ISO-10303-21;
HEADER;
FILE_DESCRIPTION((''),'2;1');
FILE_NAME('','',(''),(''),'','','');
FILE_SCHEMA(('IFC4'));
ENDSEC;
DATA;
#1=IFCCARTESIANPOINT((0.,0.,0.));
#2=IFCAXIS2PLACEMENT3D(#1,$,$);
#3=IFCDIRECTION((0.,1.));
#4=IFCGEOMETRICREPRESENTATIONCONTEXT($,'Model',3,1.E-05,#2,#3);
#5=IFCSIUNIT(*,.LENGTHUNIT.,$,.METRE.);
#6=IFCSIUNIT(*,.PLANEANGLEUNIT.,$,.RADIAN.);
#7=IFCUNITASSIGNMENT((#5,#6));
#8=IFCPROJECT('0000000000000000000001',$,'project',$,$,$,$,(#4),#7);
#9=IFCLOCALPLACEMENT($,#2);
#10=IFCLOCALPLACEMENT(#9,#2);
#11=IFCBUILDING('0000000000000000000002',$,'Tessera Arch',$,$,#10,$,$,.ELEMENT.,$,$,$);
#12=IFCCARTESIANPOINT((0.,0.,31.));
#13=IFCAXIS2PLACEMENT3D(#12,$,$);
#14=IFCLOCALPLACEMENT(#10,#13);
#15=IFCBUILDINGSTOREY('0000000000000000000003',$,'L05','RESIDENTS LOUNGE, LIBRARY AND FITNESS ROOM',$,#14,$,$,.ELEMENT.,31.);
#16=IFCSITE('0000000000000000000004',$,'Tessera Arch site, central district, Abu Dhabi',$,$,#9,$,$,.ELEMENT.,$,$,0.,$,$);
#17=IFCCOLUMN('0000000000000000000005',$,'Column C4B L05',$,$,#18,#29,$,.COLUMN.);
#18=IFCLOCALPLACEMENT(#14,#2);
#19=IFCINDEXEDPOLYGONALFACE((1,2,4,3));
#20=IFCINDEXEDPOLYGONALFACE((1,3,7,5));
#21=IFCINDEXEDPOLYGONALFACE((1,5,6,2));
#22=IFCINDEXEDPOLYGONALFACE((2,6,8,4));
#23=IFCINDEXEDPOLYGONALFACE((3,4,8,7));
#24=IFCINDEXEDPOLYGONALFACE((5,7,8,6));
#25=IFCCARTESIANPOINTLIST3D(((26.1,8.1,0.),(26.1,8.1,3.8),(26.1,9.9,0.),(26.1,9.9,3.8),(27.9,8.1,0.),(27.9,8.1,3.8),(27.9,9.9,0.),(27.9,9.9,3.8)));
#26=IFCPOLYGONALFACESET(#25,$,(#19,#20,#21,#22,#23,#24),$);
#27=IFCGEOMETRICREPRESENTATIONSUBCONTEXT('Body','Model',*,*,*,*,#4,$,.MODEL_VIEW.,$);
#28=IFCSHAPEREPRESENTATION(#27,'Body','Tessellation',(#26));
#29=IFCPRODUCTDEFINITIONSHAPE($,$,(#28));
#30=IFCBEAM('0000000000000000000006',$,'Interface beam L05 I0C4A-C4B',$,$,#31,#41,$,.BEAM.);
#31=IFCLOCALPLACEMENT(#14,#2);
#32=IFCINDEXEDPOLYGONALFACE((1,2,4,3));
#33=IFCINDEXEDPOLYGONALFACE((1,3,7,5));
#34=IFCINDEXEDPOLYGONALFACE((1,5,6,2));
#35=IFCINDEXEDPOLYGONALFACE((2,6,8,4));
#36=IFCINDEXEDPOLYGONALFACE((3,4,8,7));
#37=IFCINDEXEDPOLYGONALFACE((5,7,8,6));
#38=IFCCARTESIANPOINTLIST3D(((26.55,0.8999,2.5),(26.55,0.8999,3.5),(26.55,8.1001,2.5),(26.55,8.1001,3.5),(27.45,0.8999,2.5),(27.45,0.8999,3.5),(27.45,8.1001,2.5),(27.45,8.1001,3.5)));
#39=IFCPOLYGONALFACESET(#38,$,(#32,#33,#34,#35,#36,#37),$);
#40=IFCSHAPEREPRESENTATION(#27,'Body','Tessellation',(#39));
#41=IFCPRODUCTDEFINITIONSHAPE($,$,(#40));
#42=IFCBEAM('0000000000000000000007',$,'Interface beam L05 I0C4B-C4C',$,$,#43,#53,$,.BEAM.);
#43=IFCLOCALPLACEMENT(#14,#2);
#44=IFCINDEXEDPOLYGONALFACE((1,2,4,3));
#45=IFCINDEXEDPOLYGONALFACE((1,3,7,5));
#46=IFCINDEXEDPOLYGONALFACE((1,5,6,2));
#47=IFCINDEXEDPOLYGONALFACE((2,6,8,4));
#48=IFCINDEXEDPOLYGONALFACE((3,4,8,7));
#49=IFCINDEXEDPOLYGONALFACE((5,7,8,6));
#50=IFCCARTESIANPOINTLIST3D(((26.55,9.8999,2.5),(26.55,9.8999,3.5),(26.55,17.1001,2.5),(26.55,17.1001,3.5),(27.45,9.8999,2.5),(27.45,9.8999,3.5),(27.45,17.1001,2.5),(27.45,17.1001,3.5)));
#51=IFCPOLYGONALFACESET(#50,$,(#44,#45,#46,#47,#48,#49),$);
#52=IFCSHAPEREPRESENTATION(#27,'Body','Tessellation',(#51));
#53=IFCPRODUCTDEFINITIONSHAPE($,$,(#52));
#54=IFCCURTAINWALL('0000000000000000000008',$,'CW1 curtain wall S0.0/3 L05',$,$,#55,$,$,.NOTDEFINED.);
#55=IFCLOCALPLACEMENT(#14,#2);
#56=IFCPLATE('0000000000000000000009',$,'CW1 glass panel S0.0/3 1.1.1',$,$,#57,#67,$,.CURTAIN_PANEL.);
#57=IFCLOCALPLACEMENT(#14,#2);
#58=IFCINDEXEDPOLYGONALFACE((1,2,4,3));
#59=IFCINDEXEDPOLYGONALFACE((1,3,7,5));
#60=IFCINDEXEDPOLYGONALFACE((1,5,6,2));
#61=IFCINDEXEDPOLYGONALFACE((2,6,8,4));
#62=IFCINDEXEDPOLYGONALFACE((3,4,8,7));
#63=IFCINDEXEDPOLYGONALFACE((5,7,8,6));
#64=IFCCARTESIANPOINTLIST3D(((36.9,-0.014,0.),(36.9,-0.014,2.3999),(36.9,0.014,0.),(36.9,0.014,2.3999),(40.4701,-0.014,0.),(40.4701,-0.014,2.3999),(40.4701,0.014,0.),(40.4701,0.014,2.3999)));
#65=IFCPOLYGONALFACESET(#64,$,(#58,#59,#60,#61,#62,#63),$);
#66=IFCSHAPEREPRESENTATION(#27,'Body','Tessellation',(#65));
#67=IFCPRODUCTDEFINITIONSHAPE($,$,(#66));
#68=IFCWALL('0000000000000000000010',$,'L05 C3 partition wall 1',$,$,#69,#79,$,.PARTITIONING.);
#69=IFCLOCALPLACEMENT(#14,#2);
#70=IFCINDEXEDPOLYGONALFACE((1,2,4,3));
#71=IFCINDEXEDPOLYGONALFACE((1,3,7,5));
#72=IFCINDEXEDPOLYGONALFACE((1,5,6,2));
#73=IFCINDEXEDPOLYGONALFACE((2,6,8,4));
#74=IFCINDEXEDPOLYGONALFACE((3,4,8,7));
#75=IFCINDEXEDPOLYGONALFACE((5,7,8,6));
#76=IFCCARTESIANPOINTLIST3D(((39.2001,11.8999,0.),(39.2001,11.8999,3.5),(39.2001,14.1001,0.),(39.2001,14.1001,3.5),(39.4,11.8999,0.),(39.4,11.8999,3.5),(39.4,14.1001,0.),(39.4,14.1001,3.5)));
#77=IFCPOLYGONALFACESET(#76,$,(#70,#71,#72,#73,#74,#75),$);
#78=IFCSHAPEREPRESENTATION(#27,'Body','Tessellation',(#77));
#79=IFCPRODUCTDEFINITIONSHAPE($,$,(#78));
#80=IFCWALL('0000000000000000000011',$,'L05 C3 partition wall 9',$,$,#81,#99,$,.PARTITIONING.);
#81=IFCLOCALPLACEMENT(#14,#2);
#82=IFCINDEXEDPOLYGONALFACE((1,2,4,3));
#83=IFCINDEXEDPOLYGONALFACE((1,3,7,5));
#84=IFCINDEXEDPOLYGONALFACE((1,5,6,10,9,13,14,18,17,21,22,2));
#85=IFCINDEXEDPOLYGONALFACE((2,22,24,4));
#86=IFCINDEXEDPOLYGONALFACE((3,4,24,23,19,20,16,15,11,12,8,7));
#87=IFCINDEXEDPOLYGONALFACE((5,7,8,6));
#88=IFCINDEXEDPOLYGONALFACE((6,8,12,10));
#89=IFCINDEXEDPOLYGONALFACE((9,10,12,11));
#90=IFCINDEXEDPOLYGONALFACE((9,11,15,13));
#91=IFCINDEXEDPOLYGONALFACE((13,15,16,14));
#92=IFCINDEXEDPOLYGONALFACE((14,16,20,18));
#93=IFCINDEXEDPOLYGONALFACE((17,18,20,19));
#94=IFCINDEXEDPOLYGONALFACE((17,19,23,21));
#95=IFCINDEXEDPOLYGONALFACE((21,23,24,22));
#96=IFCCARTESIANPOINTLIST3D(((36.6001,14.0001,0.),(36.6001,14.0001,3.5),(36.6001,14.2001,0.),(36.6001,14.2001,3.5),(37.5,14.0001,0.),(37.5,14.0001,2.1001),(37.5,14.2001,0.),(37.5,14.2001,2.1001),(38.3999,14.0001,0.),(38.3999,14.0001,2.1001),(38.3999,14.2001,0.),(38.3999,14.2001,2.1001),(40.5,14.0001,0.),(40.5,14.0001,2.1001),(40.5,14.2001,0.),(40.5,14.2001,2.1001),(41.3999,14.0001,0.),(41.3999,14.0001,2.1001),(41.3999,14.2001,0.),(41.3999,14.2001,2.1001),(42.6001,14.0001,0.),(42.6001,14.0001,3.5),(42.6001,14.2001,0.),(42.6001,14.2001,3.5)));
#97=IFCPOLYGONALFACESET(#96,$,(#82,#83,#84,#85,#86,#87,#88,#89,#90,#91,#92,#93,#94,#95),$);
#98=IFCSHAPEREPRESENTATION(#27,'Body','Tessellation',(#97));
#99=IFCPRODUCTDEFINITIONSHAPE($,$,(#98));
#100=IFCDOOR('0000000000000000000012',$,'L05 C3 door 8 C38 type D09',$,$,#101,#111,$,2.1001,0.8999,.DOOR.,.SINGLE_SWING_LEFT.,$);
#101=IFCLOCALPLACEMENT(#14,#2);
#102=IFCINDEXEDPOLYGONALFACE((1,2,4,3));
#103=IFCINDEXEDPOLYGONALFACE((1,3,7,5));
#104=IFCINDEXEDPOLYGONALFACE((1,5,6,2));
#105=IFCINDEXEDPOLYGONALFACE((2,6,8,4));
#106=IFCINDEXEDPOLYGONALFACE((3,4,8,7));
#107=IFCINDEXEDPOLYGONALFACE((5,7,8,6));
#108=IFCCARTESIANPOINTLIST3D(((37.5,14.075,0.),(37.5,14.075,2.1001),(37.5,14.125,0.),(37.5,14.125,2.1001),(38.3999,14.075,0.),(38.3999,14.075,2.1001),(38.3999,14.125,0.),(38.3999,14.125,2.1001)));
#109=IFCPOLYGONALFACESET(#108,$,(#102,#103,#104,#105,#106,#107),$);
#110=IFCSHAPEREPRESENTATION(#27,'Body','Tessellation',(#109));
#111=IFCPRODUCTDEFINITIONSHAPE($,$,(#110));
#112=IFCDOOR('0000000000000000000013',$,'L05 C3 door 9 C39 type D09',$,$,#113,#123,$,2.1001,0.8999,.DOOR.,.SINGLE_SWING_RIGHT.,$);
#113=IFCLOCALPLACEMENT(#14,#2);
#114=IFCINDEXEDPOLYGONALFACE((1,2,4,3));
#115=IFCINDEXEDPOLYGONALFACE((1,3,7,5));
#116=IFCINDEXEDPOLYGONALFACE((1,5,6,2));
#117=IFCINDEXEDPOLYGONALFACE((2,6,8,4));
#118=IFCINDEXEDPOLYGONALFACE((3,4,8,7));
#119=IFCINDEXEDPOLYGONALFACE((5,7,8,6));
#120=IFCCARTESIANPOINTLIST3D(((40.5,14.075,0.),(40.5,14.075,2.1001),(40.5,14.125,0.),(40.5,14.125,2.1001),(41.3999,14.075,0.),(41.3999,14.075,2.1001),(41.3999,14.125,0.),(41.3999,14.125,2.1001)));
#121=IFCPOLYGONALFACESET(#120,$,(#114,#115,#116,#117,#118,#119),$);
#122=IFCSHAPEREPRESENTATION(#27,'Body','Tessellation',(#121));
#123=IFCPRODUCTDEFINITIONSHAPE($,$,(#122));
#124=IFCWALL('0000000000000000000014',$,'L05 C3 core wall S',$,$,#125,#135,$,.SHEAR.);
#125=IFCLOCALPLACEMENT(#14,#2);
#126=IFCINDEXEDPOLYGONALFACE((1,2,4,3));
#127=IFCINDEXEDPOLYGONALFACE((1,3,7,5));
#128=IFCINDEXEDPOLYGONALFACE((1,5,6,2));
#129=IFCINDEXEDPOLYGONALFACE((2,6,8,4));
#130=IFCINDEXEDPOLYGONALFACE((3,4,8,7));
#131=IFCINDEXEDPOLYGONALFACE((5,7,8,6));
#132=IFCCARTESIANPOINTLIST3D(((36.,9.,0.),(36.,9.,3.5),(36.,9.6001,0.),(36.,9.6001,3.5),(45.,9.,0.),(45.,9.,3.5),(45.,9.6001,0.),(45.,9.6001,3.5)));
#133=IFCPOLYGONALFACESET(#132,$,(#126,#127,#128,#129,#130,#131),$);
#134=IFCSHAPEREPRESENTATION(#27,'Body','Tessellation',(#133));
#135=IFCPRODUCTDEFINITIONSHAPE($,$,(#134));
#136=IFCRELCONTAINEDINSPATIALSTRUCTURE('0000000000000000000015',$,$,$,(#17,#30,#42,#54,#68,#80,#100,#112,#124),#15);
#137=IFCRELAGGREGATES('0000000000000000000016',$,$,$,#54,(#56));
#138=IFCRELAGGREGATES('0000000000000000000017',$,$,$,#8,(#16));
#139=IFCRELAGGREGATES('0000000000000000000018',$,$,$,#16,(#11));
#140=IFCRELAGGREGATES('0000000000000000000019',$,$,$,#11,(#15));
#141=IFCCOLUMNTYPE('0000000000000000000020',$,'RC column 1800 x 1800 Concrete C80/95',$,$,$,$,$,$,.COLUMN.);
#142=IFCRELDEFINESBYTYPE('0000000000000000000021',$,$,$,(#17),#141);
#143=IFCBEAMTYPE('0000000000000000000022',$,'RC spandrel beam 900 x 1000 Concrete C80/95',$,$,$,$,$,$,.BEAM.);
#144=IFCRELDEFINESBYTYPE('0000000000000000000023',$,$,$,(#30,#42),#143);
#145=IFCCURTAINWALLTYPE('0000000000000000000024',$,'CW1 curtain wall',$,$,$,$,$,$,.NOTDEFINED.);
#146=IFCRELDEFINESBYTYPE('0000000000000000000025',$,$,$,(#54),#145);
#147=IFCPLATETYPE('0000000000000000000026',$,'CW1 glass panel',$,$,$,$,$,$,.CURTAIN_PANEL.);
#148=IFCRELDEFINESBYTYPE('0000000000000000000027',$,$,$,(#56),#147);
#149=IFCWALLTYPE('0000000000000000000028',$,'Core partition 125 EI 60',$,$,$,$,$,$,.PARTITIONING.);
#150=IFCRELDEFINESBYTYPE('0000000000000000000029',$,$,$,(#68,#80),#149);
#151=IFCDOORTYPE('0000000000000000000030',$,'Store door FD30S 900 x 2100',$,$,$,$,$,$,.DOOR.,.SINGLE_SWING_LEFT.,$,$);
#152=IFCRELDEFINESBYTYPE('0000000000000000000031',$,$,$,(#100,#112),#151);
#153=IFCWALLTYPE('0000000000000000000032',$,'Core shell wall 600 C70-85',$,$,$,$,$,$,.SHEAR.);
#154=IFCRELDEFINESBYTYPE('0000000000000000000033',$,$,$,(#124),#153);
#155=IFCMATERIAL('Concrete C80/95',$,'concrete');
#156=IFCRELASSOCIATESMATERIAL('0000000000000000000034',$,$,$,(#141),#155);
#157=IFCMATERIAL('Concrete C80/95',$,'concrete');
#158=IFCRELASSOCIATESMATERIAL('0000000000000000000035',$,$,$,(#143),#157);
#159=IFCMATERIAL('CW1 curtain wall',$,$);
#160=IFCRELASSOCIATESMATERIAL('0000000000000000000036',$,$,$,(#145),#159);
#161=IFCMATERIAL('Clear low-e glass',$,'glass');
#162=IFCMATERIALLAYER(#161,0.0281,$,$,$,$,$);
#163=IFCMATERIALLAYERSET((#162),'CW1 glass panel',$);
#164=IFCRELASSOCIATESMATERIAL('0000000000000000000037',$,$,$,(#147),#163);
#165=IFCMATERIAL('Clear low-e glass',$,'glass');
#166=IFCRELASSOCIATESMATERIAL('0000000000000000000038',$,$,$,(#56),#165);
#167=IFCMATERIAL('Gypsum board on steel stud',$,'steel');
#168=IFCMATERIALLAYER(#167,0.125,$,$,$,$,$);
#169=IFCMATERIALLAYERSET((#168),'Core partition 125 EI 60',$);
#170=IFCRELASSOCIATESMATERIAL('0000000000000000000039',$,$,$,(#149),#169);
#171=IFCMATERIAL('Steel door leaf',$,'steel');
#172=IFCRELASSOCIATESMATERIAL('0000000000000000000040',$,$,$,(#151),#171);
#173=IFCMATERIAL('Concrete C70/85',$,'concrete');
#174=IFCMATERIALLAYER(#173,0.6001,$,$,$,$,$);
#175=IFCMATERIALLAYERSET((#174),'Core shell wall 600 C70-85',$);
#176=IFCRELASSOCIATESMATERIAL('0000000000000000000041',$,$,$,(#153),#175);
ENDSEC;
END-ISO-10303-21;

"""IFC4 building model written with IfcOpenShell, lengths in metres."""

from ifc_helpers import new_model, si_unit, direction, frame, frame_2d, origin, origin_2d, place, context, subcontext, project, spatial, rectangle, extrude, material, layer, layer_set, material_profile, profile_set, type_object, element, fill, aggregate, save


model = new_model("IFC4")

# Units and contexts
model_context = context("Model", 3, precision=1e-05, world=origin(), true_north=direction((0.0, 1.0)))
body_context = subcontext(model_context, "Body", "Model", "MODEL_VIEW")
ifc_project = project(units=[si_unit("LENGTHUNIT", "METRE"), si_unit("PLANEANGLEUNIT", "RADIAN")], contexts=[model_context])

# Site, building, storey
site_placement = place(None, origin())
site = spatial("IfcSite", under=ifc_project, at=site_placement, Name="Tessera Arch site, central district, Abu Dhabi", CompositionType="ELEMENT", RefElevation=0.0)
building_placement = place(site_placement, origin())
building = spatial("IfcBuilding", under=site, at=building_placement, Name="Tessera Arch", CompositionType="ELEMENT")
storey_placement = place(building_placement, frame((0.0, 0.0, 31.0)))
storey = spatial("IfcBuildingStorey", under=building, at=storey_placement, Name="L05", Description="RESIDENTS LOUNGE, LIBRARY AND FITNESS ROOM", CompositionType="ELEMENT", Elevation=31.0)

# Column
ifc_material_1 = material(Name="Concrete C80/95", Category="concrete")
ifc_material_profile_1 = material_profile(ifc_material_1, rectangle(XDim=1.8, YDim=1.8, at=origin_2d()), Name="RC column 1800 x 1800 Concrete C80/95")
ifc_profile_set_1 = profile_set([ifc_material_profile_1], Name="Concrete C80/95")
column_type = type_object("IfcColumnType", Name="RC column 1800 x 1800 Concrete C80/95", PredefinedType="COLUMN", material=ifc_profile_set_1)
column_placement = place(storey_placement, frame((27.0, 9.0, 0.0), z_axis=(0.0, 0.0, 1.0), x_axis=(1.0, 0.0, 0.0)))
element("IfcColumn", 1, at=column_placement, inside=storey, type_object=column_type, Name="Column C4B L05", PredefinedType="COLUMN", context=body_context, shape_type="SweptSolid", body=[
    extrude(rectangle(XDim=1.8, YDim=1.8, at=origin_2d()), origin(), (0.0, 0.0, 1.0), 3.8),
])

# Beams
ifc_material_2 = material(Name="Concrete C80/95", Category="concrete")
ifc_material_profile_2 = material_profile(ifc_material_2, rectangle(XDim=0.8999, YDim=1.0, at=origin_2d()), Name="RC spandrel beam 900 x 1000 Concrete C80/95")
ifc_profile_set_2 = profile_set([ifc_material_profile_2], Name="Concrete C80/95")
beam_type = type_object("IfcBeamType", Name="RC spandrel beam 900 x 1000 Concrete C80/95", PredefinedType="BEAM", material=ifc_profile_set_2)
for number, where, z_axis, x_axis, name in (
    (2, (27.0, 0.8999, 3.0), (0.0, 1.0, 0.0), (-1.0, 0.0, 0.0), "Interface beam L05 I0C4A-C4B"),
    (3, (27.0, 9.8999, 3.0), (0.0, 1.0, 0.0), (-1.0, 0.0, 0.0), "Interface beam L05 I0C4B-C4C"),
):
    element("IfcBeam", number, at=place(storey_placement, frame(where, z_axis=z_axis, x_axis=x_axis)), inside=storey, type_object=beam_type, Name=name, PredefinedType="BEAM", context=body_context, shape_type="SweptSolid", body=[
        extrude(rectangle(XDim=0.8999, YDim=1.0, at=origin_2d()), origin(), (0.0, 0.0, 1.0), 7.2002),
    ])

# Curtain wall, plate
ifc_material_3 = material(Name="CW1 curtain wall")
curtain_wall_type = type_object("IfcCurtainWallType", Name="CW1 curtain wall", PredefinedType="NOTDEFINED", material=ifc_material_3)
curtain_wall_placement = place(storey_placement, origin())
curtain_wall = element("IfcCurtainWall", 4, at=curtain_wall_placement, inside=storey, type_object=curtain_wall_type, Name="CW1 curtain wall S0.0/3 L05", PredefinedType="NOTDEFINED")
ifc_material_4 = material(Name="Clear low-e glass", Category="glass")
ifc_material_5 = material(Name="Clear low-e glass", Category="glass")
ifc_layer_1 = layer(ifc_material_5, 0.0281)
ifc_layer_set_1 = layer_set([ifc_layer_1], Name="CW1 glass panel")
plate_type = type_object("IfcPlateType", Name="CW1 glass panel", PredefinedType="CURTAIN_PANEL", material=ifc_layer_set_1)
plate_placement = place(storey_placement, frame((38.6851, 0.0, 0.0), z_axis=(0.0, 0.0, 1.0), x_axis=(1.0, 0.0, 0.0)))
plate = element("IfcPlate", 5, at=plate_placement, type_object=plate_type, material=ifc_material_4, Name="CW1 glass panel S0.0/3 1.1.1", PredefinedType="CURTAIN_PANEL", context=body_context, shape_type="SweptSolid", body=[
    extrude(rectangle(XDim=3.5701, YDim=0.0281, at=origin_2d()), origin(), (0.0, 0.0, 1.0), 2.3999),
])
aggregate(curtain_wall, [plate])

# Wall
ifc_material_6 = material(Name="Gypsum board on steel stud", Category="steel")
ifc_layer_2 = layer(ifc_material_6, 0.125)
ifc_layer_set_2 = layer_set([ifc_layer_2], Name="Core partition 125 EI 60")
wall_type_1 = type_object("IfcWallType", Name="Core partition 125 EI 60", PredefinedType="PARTITIONING", material=ifc_layer_set_2)
wall_1_placement = place(storey_placement, frame((39.3, 11.8999, 0.0), z_axis=(0.0, 0.0, 1.0), x_axis=(0.0, 1.0, 0.0)))
element("IfcWall", 6, at=wall_1_placement, inside=storey, type_object=wall_type_1, Name="L05 C3 partition wall 1", PredefinedType="PARTITIONING", context=body_context, shape_type="SweptSolid", body=[
    extrude(rectangle(XDim=2.2002, YDim=0.2, at=frame_2d((1.1001, 0.0))), origin(), (0.0, 0.0, 1.0), 3.5),
])

# Wall, openings, doors
wall_2_placement = place(storey_placement, frame((36.6001, 14.1001, 0.0), z_axis=(0.0, 0.0, 1.0), x_axis=(1.0, 0.0, 0.0)))
wall_2 = element("IfcWall", 7, at=wall_2_placement, inside=storey, type_object=wall_type_1, Name="L05 C3 partition wall 9", PredefinedType="PARTITIONING", context=body_context, shape_type="SweptSolid", body=[
    extrude(rectangle(XDim=6.0, YDim=0.2, at=frame_2d((3.0, 0.0))), origin(), (0.0, 0.0, 1.0), 3.5),
])
opening_1_placement = place(wall_2_placement, frame((0.8999, 0.0, 0.0)))
opening_1 = element("IfcOpeningElement", 8, at=opening_1_placement, cuts=wall_2, PredefinedType="OPENING", context=body_context, shape_type="SweptSolid", body=[
    extrude(rectangle(XDim=0.8999, YDim=2.1001, at=frame_2d((0.45, 1.05))), frame((0.0, 0.1099, 0.0), z_axis=(0.0, -1.0, 0.0), x_axis=(1.0, 0.0, 0.0)), (0.0, 0.0, 1.0), 0.22),
])
opening_2_placement = place(wall_2_placement, frame((3.8999, 0.0, 0.0)))
opening_2 = element("IfcOpeningElement", 9, at=opening_2_placement, cuts=wall_2, PredefinedType="OPENING", context=body_context, shape_type="SweptSolid", body=[
    extrude(rectangle(XDim=0.8999, YDim=2.1001, at=frame_2d((0.45, 1.05))), frame((0.0, 0.1099, 0.0), z_axis=(0.0, -1.0, 0.0), x_axis=(1.0, 0.0, 0.0)), (0.0, 0.0, 1.0), 0.22),
])
ifc_material_7 = material(Name="Steel door leaf", Category="steel")
door_type_1 = type_object("IfcDoorType", Name="Store door FD30S 900 x 2100", OperationType="SINGLE_SWING_LEFT", PredefinedType="DOOR", material=ifc_material_7)
door_1_placement = place(opening_1_placement, origin())
door_1 = element("IfcDoor", 10, at=door_1_placement, inside=storey, type_object=door_type_1, Name="L05 C3 door 8 C38 type D09", OperationType="SINGLE_SWING_LEFT", OverallHeight=2.1001, OverallWidth=0.8999, PredefinedType="DOOR", context=body_context, shape_type="SweptSolid", body=[
    extrude(rectangle(XDim=0.8999, YDim=2.1001, at=frame_2d((0.45, 1.05))), frame((0.0, 0.0249, 0.0), z_axis=(0.0, -1.0, 0.0), x_axis=(1.0, 0.0, 0.0)), (0.0, 0.0, 1.0), 0.05),
])
fill(opening_1, door_1)
door_2_placement = place(opening_2_placement, origin())
door_2 = element("IfcDoor", 11, at=door_2_placement, inside=storey, type_object=door_type_1, Name="L05 C3 door 9 C39 type D09", OperationType="SINGLE_SWING_RIGHT", OverallHeight=2.1001, OverallWidth=0.8999, PredefinedType="DOOR", context=body_context, shape_type="SweptSolid", body=[
    extrude(rectangle(XDim=0.8999, YDim=2.1001, at=frame_2d((0.45, 1.05))), frame((0.0, 0.0249, 0.0), z_axis=(0.0, -1.0, 0.0), x_axis=(1.0, 0.0, 0.0)), (0.0, 0.0, 1.0), 0.05),
])
fill(opening_2, door_2)

# Wall
ifc_material_8 = material(Name="Concrete C70/85", Category="concrete")
ifc_layer_3 = layer(ifc_material_8, 0.6001)
ifc_layer_set_3 = layer_set([ifc_layer_3], Name="Core shell wall 600 C70-85")
wall_type_2 = type_object("IfcWallType", Name="Core shell wall 600 C70-85", PredefinedType="SHEAR", material=ifc_layer_set_3)
wall_3_placement = place(storey_placement, frame((36.0, 9.3, 0.0), z_axis=(0.0, 0.0, 1.0), x_axis=(1.0, 0.0, 0.0)))
element("IfcWall", 12, at=wall_3_placement, inside=storey, type_object=wall_type_2, Name="L05 C3 core wall S", PredefinedType="SHEAR", context=body_context, shape_type="SweptSolid", body=[
    extrude(rectangle(XDim=9.0, YDim=0.6001, at=frame_2d((4.5, 0.0))), origin(), (0.0, 0.0, 1.0), 3.5),
])

save(model, "model.ifc")
